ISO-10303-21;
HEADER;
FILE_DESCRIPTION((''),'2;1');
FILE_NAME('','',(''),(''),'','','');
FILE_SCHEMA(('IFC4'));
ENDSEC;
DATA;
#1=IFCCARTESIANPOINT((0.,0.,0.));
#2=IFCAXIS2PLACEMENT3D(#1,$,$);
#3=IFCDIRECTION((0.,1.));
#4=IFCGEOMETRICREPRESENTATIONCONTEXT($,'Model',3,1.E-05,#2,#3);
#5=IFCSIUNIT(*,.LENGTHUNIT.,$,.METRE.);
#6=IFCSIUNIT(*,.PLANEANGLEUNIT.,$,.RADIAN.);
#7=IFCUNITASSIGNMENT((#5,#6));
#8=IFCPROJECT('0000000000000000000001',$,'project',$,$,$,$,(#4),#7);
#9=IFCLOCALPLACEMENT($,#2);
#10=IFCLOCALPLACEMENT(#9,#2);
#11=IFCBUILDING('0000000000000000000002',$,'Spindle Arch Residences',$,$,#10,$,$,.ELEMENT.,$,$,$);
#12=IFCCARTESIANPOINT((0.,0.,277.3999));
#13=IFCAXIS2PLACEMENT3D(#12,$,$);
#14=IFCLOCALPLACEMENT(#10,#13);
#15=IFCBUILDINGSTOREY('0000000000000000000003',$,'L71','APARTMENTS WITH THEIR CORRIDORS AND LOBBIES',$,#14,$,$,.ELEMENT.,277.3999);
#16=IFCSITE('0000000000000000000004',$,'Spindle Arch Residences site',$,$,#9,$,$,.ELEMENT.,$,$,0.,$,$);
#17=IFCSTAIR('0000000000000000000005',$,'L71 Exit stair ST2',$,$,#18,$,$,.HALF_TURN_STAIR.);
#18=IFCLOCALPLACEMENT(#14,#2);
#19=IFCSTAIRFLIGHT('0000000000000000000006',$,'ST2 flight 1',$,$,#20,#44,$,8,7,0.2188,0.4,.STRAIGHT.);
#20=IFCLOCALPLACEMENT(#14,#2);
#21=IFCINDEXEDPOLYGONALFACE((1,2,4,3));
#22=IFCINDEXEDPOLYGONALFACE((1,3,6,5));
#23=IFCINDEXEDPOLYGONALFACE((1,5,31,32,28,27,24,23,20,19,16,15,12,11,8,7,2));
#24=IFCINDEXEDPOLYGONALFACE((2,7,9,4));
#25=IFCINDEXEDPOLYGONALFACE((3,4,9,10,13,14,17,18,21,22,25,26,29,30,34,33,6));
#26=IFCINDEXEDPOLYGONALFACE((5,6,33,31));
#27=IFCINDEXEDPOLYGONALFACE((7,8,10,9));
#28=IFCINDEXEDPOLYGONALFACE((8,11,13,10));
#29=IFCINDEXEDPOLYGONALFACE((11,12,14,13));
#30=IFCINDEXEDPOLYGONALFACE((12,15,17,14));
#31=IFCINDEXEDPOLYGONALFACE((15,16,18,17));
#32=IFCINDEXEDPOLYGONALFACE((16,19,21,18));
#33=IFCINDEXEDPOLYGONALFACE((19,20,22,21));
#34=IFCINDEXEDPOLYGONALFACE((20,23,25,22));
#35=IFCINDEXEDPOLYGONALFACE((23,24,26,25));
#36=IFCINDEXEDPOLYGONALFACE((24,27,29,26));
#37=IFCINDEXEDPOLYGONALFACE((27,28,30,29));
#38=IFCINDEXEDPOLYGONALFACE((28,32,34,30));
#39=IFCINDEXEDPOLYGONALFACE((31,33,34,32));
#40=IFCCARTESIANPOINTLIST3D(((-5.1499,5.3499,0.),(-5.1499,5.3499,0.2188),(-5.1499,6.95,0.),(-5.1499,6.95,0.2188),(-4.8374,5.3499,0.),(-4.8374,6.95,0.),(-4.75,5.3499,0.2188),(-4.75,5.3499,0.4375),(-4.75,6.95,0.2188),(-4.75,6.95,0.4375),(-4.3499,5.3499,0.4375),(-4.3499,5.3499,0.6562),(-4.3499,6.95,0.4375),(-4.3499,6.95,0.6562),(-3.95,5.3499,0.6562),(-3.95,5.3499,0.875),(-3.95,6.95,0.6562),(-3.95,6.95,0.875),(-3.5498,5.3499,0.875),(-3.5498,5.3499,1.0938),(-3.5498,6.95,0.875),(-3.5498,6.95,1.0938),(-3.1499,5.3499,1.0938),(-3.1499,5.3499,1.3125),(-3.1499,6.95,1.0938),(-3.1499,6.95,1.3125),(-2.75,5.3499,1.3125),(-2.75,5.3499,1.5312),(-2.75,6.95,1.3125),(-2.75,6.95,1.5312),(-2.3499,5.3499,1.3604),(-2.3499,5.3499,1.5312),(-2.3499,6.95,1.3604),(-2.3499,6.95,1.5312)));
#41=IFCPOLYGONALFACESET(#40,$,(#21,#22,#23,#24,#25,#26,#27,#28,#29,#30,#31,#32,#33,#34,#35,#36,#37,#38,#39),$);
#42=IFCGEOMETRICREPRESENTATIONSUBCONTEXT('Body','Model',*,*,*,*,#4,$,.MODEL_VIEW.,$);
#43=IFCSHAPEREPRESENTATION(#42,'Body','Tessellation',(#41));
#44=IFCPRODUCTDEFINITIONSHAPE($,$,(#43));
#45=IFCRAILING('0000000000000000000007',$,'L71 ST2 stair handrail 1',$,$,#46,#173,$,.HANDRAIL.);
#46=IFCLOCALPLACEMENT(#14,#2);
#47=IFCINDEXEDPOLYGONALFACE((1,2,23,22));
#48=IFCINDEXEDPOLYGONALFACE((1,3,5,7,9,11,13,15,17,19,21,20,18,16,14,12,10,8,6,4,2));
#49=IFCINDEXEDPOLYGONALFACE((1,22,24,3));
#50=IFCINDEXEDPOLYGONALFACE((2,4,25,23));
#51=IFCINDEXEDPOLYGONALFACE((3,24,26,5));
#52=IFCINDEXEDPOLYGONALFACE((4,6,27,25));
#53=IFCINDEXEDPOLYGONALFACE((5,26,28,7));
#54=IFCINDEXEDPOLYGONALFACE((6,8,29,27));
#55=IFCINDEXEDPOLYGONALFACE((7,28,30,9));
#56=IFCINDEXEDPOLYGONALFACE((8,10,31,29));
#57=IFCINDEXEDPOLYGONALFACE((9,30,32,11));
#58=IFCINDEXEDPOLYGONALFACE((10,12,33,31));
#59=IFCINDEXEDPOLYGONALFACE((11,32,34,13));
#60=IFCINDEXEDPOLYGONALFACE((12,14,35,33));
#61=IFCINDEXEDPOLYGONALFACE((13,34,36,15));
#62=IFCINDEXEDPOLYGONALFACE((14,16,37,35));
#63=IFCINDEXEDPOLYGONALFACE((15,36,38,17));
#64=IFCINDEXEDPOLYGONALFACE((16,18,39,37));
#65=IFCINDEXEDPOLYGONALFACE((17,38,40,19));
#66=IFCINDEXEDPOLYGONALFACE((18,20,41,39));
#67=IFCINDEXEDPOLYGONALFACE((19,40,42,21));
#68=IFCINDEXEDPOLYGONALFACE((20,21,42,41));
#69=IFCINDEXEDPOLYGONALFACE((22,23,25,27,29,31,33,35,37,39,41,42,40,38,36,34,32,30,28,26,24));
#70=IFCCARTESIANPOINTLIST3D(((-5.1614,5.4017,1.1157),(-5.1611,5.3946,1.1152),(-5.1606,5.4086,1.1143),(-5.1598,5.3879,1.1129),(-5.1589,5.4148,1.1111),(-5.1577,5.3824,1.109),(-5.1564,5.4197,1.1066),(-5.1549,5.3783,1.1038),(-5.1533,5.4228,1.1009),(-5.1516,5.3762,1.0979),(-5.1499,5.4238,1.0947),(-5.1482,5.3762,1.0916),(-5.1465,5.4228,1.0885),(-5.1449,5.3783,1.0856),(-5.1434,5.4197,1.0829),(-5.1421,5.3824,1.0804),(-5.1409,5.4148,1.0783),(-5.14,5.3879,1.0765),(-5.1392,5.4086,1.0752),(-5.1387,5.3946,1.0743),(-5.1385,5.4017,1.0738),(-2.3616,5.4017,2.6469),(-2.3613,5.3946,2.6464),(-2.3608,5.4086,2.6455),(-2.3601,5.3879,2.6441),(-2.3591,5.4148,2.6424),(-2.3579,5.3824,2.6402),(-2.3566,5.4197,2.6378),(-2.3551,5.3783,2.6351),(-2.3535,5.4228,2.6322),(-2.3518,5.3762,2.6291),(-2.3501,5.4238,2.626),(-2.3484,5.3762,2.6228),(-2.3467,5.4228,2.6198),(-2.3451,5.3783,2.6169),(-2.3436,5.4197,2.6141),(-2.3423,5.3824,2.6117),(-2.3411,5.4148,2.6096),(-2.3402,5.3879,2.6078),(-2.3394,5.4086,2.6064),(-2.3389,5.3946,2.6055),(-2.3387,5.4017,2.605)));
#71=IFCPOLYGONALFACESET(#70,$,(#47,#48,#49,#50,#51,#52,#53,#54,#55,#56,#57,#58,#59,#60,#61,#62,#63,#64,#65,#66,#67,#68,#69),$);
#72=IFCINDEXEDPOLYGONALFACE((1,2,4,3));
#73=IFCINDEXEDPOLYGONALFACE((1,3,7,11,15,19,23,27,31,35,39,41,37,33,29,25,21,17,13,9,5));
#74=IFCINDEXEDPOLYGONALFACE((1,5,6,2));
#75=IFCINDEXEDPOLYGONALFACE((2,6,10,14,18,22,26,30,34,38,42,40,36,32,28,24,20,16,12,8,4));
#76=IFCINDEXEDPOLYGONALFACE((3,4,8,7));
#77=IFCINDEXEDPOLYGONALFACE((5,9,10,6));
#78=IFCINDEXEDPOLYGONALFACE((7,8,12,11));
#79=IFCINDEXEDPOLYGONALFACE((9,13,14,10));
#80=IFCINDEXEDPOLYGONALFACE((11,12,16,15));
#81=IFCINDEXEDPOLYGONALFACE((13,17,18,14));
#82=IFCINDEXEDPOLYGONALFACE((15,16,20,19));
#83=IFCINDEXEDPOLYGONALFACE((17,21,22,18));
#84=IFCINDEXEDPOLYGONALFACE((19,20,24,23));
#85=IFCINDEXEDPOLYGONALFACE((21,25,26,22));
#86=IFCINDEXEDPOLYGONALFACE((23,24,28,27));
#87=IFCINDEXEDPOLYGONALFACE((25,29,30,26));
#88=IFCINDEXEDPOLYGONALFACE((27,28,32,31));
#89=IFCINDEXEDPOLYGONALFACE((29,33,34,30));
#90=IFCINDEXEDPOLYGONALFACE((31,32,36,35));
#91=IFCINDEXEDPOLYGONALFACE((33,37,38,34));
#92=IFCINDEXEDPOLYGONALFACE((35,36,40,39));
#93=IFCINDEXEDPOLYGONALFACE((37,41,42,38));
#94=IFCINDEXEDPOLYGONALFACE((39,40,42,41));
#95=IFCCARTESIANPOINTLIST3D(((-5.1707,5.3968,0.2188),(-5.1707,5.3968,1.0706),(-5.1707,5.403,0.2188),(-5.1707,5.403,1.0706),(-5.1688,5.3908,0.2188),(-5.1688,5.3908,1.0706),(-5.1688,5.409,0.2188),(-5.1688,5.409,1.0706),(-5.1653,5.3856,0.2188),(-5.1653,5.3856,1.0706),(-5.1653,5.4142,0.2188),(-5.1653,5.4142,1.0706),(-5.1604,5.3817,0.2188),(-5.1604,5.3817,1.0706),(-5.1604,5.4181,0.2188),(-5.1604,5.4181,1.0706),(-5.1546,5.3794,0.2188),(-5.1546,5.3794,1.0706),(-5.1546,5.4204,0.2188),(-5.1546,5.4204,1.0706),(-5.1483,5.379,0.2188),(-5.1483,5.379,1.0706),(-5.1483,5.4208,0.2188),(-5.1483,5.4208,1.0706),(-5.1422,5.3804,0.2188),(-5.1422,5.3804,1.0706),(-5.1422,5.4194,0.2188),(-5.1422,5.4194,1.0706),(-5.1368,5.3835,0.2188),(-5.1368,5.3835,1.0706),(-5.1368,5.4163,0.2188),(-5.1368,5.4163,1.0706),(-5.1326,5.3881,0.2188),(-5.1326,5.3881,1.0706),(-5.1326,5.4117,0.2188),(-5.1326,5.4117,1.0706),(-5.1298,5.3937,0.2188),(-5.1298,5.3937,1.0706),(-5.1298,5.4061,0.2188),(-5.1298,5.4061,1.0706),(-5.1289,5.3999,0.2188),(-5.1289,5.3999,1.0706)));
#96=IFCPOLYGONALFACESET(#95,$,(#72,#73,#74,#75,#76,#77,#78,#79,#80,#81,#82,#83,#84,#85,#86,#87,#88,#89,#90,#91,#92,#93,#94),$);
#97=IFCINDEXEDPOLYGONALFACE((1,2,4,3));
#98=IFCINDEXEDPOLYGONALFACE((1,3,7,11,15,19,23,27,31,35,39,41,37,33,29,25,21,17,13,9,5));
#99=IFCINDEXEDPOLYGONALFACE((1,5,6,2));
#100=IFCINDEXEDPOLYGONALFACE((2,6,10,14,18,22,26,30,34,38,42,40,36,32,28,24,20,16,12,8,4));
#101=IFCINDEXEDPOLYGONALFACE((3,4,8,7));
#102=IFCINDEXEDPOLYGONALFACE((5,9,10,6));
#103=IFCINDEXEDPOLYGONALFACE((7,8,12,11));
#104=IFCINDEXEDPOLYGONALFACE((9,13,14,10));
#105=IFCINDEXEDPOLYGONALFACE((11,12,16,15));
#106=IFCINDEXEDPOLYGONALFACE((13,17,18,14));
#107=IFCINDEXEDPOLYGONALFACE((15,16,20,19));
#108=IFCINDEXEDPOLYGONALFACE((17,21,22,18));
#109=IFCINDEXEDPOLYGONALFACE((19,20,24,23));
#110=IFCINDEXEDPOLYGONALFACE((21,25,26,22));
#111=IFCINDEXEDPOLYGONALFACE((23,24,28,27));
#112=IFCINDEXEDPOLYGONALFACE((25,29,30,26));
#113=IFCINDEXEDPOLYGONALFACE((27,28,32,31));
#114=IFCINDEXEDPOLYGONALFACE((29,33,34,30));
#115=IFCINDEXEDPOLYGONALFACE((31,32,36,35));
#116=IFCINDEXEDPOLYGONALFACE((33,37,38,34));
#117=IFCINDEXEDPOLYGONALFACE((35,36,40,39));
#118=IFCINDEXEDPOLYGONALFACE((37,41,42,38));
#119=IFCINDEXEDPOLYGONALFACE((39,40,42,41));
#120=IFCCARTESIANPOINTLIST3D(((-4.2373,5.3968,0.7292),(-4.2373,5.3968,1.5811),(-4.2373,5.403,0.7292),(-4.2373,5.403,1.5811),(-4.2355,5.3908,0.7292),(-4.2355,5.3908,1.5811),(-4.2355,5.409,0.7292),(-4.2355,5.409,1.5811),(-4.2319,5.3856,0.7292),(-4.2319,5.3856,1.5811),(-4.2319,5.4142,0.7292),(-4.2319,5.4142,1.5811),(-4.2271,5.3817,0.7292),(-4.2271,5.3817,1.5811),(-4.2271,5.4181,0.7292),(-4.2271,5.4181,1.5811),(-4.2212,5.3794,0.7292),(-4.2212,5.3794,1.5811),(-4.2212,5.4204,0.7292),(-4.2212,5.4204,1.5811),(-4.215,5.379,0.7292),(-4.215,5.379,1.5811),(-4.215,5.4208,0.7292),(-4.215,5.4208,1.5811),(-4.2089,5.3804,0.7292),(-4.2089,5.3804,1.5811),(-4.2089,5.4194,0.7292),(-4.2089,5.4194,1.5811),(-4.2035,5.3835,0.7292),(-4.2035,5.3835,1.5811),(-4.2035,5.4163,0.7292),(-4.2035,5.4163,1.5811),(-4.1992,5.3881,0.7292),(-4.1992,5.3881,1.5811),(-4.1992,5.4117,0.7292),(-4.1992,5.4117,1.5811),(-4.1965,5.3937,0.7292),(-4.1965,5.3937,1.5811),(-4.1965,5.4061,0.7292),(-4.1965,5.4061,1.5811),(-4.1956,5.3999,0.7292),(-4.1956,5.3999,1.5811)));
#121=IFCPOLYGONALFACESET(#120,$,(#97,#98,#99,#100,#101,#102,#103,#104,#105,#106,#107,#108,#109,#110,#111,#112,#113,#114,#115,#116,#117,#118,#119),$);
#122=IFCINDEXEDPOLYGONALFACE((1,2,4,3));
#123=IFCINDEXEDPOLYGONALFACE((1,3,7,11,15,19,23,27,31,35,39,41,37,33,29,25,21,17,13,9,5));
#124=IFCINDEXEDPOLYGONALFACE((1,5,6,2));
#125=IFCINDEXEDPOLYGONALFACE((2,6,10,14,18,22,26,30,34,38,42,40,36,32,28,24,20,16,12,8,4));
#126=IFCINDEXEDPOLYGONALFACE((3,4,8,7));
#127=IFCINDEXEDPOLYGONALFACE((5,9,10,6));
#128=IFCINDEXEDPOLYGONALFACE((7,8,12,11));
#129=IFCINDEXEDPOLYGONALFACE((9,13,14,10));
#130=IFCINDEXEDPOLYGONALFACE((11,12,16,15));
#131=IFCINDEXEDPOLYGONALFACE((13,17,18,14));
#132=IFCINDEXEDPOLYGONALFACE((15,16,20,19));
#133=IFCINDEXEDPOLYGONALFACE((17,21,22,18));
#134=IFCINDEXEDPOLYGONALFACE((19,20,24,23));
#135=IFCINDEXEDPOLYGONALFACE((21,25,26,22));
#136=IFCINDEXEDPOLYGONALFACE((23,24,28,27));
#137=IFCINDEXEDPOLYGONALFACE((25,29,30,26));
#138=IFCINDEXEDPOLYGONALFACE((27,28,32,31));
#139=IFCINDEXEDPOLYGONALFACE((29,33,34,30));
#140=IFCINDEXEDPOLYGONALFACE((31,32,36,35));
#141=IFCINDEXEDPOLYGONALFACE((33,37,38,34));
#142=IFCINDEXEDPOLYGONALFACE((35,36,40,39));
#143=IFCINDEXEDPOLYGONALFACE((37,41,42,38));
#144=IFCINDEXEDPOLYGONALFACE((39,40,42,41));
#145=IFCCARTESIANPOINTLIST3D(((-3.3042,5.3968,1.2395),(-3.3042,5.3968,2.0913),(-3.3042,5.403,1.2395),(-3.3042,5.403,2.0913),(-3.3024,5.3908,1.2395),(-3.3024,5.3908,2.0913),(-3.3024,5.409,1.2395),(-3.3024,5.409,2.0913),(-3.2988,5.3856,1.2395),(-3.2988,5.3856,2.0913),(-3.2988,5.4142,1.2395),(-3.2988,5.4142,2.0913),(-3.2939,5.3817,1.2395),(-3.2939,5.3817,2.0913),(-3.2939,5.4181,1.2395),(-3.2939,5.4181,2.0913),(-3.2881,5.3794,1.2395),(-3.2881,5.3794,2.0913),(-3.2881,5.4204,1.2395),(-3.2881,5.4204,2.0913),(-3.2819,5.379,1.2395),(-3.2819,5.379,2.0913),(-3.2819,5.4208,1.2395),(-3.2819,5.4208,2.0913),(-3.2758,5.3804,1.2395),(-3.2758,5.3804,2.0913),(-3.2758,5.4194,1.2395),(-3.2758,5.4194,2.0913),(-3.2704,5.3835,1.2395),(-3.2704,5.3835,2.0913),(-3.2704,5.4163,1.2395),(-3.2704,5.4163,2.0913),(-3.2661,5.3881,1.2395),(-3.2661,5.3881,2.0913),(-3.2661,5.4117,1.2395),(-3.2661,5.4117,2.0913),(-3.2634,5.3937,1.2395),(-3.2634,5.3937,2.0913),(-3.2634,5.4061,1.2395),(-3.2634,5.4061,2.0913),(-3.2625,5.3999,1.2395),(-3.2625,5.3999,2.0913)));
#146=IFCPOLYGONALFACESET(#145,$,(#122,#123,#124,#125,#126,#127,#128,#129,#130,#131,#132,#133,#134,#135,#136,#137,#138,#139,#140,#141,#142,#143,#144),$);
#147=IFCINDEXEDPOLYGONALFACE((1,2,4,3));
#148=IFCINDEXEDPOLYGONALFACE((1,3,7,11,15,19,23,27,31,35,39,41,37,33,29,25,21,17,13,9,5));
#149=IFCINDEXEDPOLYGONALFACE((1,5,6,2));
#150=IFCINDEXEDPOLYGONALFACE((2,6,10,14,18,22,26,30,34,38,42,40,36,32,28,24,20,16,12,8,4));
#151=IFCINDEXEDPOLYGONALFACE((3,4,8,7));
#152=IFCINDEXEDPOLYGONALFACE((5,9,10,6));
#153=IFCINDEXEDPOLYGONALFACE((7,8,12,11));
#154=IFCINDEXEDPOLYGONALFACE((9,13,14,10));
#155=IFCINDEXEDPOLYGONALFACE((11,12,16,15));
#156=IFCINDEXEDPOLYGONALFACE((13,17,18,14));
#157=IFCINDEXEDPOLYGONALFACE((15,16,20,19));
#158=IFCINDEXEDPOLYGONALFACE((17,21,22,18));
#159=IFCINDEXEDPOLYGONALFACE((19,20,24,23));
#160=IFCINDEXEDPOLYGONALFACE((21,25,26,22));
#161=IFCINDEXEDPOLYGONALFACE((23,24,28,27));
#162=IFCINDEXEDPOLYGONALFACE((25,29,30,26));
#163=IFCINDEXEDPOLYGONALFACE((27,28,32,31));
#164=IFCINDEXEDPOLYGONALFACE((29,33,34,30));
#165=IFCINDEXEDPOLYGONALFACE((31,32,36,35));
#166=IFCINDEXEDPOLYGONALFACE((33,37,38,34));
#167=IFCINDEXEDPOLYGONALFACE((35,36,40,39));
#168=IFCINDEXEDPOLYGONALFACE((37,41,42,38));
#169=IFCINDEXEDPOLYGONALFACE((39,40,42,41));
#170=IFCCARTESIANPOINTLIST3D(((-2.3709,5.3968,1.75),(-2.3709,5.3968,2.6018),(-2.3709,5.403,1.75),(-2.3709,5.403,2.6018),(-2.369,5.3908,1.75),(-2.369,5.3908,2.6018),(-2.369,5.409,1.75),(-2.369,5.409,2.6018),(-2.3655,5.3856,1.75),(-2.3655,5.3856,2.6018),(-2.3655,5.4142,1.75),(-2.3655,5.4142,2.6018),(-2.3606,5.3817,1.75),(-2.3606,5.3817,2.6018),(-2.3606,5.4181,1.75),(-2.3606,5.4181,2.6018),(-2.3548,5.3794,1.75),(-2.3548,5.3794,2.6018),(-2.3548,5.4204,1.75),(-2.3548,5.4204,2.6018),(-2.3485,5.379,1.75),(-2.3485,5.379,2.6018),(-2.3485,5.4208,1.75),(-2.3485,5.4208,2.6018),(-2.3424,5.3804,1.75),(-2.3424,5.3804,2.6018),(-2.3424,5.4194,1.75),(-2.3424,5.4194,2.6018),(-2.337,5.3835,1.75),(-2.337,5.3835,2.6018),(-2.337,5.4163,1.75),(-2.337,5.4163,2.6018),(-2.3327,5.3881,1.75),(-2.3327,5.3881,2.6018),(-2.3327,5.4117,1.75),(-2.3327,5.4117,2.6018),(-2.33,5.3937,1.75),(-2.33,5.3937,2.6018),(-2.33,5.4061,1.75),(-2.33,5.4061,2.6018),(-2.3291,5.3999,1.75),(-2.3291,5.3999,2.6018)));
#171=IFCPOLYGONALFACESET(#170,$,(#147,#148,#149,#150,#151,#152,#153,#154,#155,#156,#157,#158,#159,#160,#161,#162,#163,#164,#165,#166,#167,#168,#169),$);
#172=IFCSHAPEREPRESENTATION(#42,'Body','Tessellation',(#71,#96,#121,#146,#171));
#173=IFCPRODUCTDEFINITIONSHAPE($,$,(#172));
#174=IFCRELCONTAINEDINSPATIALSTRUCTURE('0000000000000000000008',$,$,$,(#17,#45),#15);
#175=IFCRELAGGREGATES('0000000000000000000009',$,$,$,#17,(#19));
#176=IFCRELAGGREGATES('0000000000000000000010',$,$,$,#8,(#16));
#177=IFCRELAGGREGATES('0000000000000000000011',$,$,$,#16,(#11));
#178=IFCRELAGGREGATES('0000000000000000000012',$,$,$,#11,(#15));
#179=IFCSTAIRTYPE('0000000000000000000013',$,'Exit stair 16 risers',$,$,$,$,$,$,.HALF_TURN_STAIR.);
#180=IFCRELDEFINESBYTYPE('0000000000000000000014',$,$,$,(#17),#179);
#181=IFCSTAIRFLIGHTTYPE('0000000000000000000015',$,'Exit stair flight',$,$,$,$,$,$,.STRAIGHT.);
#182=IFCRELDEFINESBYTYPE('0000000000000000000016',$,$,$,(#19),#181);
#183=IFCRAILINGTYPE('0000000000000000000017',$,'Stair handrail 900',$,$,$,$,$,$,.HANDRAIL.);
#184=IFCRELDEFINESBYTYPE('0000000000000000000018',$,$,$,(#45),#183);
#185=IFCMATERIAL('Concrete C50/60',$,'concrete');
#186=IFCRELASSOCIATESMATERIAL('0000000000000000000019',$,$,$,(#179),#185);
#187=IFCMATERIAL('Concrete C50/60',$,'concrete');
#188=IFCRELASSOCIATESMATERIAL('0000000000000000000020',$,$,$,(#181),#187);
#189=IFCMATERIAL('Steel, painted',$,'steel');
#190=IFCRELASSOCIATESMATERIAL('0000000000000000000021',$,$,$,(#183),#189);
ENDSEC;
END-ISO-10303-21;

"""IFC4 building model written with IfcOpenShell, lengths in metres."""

from ifc_helpers import new_model, si_unit, direction, frame, origin, origin_2d, place, context, subcontext, project, spatial, polyline, circle, outline, extrude, material, type_object, element, aggregate, save


model = new_model("IFC4")

# Units and contexts
model_context = context("Model", 3, precision=1e-05, world=origin(), true_north=direction((0.0, 1.0)))
body_context = subcontext(model_context, "Body", "Model", "MODEL_VIEW")
ifc_project = project(units=[si_unit("LENGTHUNIT", "METRE"), si_unit("PLANEANGLEUNIT", "RADIAN")], contexts=[model_context])

# Site, building, storey
site_placement = place(None, origin())
site = spatial("IfcSite", under=ifc_project, at=site_placement, Name="Spindle Arch Residences site", CompositionType="ELEMENT", RefElevation=0.0)
building_placement = place(site_placement, origin())
building = spatial("IfcBuilding", under=site, at=building_placement, Name="Spindle Arch Residences", CompositionType="ELEMENT")
storey_placement = place(building_placement, frame((0.0, 0.0, 277.3999)))
storey = spatial("IfcBuildingStorey", under=building, at=storey_placement, Name="L71", Description="APARTMENTS WITH THEIR CORRIDORS AND LOBBIES", CompositionType="ELEMENT", Elevation=277.3999)

# Stair, stair flight
ifc_material_1 = material(Name="Concrete C50/60", Category="concrete")
stair_type = type_object("IfcStairType", Name="Exit stair 16 risers", PredefinedType="HALF_TURN_STAIR", material=ifc_material_1)
stair_placement = place(storey_placement, origin())
stair = element("IfcStair", 1, at=stair_placement, inside=storey, type_object=stair_type, Name="L71 Exit stair ST2", PredefinedType="HALF_TURN_STAIR")
ifc_material_2 = material(Name="Concrete C50/60", Category="concrete")
stair_flight_type = type_object("IfcStairFlightType", Name="Exit stair flight", PredefinedType="STRAIGHT", material=ifc_material_2)
stair_flight_placement = place(storey_placement, frame((-5.1499, 6.1499, 0.0), z_axis=(0.0, 0.0, 1.0), x_axis=(1.0, 0.0, 0.0)))
stair_flight = element("IfcStairFlight", 2, at=stair_flight_placement, type_object=stair_flight_type, Name="ST2 flight 1", NumberOfRisers=8, NumberOfTreads=7, PredefinedType="STRAIGHT", RiserHeight=0.2188, TreadLength=0.4, context=body_context, shape_type="SweptSolid", body=[
    extrude(outline(polyline([(0.0, 0.0), (0.0, 0.2188), (0.3999, 0.2188), (0.3999, 0.4375), (0.8, 0.4375), (0.8, 0.6562), (1.2, 0.6562), (1.2, 0.875), (1.6001, 0.875), (1.6001, 1.0938), (2.0, 1.0938), (2.0, 1.3125), (2.3999, 1.3125), (2.3999, 1.5312), (2.8, 1.5312), (2.8, 1.75), (2.8, 1.3604), (0.3125, 0.0), (0.0, 0.0)])), frame((0.0, 0.8, 0.0), z_axis=(0.0, -1.0, 0.0), x_axis=(1.0, 0.0, 0.0)), (0.0, 0.0, 1.0), 1.6001),
])
aggregate(stair, [stair_flight])

# Railing
ifc_material_3 = material(Name="Steel, painted", Category="steel")
railing_type_1 = type_object("IfcRailingType", Name="Stair handrail 900", PredefinedType="HANDRAIL", material=ifc_material_3)
railing_1_placement = place(storey_placement, frame((-5.1499, 5.3999, 0.2188)))
element("IfcRailing", 3, at=railing_1_placement, inside=storey, type_object=railing_type_1, Name="L71 ST2 stair handrail 1", PredefinedType="HANDRAIL", context=body_context, shape_type="SweptSolid", body=[
    extrude(circle(Radius=0.0239, at=origin_2d()), frame((0.0, 0.0, 0.876), z_axis=(0.877357, 0.0, 0.479838), x_axis=(0.0, 1.0, 0.0)), (0.0, 0.0, 1.0), 3.1912),
    extrude(circle(Radius=0.021, at=origin_2d()), origin(), (0.0, 0.0, 1.0), 0.8518),
    extrude(circle(Radius=0.021, at=origin_2d()), frame((0.9333, 0.0, 0.5105)), (0.0, 0.0, 1.0), 0.8518),
    extrude(circle(Radius=0.021, at=origin_2d()), frame((1.8665, 0.0, 1.0208)), (0.0, 0.0, 1.0), 0.8518),
    extrude(circle(Radius=0.021, at=origin_2d()), frame((2.7998, 0.0, 1.5312)), (0.0, 0.0, 1.0), 0.8518),
])

save(model, "model.ifc")
